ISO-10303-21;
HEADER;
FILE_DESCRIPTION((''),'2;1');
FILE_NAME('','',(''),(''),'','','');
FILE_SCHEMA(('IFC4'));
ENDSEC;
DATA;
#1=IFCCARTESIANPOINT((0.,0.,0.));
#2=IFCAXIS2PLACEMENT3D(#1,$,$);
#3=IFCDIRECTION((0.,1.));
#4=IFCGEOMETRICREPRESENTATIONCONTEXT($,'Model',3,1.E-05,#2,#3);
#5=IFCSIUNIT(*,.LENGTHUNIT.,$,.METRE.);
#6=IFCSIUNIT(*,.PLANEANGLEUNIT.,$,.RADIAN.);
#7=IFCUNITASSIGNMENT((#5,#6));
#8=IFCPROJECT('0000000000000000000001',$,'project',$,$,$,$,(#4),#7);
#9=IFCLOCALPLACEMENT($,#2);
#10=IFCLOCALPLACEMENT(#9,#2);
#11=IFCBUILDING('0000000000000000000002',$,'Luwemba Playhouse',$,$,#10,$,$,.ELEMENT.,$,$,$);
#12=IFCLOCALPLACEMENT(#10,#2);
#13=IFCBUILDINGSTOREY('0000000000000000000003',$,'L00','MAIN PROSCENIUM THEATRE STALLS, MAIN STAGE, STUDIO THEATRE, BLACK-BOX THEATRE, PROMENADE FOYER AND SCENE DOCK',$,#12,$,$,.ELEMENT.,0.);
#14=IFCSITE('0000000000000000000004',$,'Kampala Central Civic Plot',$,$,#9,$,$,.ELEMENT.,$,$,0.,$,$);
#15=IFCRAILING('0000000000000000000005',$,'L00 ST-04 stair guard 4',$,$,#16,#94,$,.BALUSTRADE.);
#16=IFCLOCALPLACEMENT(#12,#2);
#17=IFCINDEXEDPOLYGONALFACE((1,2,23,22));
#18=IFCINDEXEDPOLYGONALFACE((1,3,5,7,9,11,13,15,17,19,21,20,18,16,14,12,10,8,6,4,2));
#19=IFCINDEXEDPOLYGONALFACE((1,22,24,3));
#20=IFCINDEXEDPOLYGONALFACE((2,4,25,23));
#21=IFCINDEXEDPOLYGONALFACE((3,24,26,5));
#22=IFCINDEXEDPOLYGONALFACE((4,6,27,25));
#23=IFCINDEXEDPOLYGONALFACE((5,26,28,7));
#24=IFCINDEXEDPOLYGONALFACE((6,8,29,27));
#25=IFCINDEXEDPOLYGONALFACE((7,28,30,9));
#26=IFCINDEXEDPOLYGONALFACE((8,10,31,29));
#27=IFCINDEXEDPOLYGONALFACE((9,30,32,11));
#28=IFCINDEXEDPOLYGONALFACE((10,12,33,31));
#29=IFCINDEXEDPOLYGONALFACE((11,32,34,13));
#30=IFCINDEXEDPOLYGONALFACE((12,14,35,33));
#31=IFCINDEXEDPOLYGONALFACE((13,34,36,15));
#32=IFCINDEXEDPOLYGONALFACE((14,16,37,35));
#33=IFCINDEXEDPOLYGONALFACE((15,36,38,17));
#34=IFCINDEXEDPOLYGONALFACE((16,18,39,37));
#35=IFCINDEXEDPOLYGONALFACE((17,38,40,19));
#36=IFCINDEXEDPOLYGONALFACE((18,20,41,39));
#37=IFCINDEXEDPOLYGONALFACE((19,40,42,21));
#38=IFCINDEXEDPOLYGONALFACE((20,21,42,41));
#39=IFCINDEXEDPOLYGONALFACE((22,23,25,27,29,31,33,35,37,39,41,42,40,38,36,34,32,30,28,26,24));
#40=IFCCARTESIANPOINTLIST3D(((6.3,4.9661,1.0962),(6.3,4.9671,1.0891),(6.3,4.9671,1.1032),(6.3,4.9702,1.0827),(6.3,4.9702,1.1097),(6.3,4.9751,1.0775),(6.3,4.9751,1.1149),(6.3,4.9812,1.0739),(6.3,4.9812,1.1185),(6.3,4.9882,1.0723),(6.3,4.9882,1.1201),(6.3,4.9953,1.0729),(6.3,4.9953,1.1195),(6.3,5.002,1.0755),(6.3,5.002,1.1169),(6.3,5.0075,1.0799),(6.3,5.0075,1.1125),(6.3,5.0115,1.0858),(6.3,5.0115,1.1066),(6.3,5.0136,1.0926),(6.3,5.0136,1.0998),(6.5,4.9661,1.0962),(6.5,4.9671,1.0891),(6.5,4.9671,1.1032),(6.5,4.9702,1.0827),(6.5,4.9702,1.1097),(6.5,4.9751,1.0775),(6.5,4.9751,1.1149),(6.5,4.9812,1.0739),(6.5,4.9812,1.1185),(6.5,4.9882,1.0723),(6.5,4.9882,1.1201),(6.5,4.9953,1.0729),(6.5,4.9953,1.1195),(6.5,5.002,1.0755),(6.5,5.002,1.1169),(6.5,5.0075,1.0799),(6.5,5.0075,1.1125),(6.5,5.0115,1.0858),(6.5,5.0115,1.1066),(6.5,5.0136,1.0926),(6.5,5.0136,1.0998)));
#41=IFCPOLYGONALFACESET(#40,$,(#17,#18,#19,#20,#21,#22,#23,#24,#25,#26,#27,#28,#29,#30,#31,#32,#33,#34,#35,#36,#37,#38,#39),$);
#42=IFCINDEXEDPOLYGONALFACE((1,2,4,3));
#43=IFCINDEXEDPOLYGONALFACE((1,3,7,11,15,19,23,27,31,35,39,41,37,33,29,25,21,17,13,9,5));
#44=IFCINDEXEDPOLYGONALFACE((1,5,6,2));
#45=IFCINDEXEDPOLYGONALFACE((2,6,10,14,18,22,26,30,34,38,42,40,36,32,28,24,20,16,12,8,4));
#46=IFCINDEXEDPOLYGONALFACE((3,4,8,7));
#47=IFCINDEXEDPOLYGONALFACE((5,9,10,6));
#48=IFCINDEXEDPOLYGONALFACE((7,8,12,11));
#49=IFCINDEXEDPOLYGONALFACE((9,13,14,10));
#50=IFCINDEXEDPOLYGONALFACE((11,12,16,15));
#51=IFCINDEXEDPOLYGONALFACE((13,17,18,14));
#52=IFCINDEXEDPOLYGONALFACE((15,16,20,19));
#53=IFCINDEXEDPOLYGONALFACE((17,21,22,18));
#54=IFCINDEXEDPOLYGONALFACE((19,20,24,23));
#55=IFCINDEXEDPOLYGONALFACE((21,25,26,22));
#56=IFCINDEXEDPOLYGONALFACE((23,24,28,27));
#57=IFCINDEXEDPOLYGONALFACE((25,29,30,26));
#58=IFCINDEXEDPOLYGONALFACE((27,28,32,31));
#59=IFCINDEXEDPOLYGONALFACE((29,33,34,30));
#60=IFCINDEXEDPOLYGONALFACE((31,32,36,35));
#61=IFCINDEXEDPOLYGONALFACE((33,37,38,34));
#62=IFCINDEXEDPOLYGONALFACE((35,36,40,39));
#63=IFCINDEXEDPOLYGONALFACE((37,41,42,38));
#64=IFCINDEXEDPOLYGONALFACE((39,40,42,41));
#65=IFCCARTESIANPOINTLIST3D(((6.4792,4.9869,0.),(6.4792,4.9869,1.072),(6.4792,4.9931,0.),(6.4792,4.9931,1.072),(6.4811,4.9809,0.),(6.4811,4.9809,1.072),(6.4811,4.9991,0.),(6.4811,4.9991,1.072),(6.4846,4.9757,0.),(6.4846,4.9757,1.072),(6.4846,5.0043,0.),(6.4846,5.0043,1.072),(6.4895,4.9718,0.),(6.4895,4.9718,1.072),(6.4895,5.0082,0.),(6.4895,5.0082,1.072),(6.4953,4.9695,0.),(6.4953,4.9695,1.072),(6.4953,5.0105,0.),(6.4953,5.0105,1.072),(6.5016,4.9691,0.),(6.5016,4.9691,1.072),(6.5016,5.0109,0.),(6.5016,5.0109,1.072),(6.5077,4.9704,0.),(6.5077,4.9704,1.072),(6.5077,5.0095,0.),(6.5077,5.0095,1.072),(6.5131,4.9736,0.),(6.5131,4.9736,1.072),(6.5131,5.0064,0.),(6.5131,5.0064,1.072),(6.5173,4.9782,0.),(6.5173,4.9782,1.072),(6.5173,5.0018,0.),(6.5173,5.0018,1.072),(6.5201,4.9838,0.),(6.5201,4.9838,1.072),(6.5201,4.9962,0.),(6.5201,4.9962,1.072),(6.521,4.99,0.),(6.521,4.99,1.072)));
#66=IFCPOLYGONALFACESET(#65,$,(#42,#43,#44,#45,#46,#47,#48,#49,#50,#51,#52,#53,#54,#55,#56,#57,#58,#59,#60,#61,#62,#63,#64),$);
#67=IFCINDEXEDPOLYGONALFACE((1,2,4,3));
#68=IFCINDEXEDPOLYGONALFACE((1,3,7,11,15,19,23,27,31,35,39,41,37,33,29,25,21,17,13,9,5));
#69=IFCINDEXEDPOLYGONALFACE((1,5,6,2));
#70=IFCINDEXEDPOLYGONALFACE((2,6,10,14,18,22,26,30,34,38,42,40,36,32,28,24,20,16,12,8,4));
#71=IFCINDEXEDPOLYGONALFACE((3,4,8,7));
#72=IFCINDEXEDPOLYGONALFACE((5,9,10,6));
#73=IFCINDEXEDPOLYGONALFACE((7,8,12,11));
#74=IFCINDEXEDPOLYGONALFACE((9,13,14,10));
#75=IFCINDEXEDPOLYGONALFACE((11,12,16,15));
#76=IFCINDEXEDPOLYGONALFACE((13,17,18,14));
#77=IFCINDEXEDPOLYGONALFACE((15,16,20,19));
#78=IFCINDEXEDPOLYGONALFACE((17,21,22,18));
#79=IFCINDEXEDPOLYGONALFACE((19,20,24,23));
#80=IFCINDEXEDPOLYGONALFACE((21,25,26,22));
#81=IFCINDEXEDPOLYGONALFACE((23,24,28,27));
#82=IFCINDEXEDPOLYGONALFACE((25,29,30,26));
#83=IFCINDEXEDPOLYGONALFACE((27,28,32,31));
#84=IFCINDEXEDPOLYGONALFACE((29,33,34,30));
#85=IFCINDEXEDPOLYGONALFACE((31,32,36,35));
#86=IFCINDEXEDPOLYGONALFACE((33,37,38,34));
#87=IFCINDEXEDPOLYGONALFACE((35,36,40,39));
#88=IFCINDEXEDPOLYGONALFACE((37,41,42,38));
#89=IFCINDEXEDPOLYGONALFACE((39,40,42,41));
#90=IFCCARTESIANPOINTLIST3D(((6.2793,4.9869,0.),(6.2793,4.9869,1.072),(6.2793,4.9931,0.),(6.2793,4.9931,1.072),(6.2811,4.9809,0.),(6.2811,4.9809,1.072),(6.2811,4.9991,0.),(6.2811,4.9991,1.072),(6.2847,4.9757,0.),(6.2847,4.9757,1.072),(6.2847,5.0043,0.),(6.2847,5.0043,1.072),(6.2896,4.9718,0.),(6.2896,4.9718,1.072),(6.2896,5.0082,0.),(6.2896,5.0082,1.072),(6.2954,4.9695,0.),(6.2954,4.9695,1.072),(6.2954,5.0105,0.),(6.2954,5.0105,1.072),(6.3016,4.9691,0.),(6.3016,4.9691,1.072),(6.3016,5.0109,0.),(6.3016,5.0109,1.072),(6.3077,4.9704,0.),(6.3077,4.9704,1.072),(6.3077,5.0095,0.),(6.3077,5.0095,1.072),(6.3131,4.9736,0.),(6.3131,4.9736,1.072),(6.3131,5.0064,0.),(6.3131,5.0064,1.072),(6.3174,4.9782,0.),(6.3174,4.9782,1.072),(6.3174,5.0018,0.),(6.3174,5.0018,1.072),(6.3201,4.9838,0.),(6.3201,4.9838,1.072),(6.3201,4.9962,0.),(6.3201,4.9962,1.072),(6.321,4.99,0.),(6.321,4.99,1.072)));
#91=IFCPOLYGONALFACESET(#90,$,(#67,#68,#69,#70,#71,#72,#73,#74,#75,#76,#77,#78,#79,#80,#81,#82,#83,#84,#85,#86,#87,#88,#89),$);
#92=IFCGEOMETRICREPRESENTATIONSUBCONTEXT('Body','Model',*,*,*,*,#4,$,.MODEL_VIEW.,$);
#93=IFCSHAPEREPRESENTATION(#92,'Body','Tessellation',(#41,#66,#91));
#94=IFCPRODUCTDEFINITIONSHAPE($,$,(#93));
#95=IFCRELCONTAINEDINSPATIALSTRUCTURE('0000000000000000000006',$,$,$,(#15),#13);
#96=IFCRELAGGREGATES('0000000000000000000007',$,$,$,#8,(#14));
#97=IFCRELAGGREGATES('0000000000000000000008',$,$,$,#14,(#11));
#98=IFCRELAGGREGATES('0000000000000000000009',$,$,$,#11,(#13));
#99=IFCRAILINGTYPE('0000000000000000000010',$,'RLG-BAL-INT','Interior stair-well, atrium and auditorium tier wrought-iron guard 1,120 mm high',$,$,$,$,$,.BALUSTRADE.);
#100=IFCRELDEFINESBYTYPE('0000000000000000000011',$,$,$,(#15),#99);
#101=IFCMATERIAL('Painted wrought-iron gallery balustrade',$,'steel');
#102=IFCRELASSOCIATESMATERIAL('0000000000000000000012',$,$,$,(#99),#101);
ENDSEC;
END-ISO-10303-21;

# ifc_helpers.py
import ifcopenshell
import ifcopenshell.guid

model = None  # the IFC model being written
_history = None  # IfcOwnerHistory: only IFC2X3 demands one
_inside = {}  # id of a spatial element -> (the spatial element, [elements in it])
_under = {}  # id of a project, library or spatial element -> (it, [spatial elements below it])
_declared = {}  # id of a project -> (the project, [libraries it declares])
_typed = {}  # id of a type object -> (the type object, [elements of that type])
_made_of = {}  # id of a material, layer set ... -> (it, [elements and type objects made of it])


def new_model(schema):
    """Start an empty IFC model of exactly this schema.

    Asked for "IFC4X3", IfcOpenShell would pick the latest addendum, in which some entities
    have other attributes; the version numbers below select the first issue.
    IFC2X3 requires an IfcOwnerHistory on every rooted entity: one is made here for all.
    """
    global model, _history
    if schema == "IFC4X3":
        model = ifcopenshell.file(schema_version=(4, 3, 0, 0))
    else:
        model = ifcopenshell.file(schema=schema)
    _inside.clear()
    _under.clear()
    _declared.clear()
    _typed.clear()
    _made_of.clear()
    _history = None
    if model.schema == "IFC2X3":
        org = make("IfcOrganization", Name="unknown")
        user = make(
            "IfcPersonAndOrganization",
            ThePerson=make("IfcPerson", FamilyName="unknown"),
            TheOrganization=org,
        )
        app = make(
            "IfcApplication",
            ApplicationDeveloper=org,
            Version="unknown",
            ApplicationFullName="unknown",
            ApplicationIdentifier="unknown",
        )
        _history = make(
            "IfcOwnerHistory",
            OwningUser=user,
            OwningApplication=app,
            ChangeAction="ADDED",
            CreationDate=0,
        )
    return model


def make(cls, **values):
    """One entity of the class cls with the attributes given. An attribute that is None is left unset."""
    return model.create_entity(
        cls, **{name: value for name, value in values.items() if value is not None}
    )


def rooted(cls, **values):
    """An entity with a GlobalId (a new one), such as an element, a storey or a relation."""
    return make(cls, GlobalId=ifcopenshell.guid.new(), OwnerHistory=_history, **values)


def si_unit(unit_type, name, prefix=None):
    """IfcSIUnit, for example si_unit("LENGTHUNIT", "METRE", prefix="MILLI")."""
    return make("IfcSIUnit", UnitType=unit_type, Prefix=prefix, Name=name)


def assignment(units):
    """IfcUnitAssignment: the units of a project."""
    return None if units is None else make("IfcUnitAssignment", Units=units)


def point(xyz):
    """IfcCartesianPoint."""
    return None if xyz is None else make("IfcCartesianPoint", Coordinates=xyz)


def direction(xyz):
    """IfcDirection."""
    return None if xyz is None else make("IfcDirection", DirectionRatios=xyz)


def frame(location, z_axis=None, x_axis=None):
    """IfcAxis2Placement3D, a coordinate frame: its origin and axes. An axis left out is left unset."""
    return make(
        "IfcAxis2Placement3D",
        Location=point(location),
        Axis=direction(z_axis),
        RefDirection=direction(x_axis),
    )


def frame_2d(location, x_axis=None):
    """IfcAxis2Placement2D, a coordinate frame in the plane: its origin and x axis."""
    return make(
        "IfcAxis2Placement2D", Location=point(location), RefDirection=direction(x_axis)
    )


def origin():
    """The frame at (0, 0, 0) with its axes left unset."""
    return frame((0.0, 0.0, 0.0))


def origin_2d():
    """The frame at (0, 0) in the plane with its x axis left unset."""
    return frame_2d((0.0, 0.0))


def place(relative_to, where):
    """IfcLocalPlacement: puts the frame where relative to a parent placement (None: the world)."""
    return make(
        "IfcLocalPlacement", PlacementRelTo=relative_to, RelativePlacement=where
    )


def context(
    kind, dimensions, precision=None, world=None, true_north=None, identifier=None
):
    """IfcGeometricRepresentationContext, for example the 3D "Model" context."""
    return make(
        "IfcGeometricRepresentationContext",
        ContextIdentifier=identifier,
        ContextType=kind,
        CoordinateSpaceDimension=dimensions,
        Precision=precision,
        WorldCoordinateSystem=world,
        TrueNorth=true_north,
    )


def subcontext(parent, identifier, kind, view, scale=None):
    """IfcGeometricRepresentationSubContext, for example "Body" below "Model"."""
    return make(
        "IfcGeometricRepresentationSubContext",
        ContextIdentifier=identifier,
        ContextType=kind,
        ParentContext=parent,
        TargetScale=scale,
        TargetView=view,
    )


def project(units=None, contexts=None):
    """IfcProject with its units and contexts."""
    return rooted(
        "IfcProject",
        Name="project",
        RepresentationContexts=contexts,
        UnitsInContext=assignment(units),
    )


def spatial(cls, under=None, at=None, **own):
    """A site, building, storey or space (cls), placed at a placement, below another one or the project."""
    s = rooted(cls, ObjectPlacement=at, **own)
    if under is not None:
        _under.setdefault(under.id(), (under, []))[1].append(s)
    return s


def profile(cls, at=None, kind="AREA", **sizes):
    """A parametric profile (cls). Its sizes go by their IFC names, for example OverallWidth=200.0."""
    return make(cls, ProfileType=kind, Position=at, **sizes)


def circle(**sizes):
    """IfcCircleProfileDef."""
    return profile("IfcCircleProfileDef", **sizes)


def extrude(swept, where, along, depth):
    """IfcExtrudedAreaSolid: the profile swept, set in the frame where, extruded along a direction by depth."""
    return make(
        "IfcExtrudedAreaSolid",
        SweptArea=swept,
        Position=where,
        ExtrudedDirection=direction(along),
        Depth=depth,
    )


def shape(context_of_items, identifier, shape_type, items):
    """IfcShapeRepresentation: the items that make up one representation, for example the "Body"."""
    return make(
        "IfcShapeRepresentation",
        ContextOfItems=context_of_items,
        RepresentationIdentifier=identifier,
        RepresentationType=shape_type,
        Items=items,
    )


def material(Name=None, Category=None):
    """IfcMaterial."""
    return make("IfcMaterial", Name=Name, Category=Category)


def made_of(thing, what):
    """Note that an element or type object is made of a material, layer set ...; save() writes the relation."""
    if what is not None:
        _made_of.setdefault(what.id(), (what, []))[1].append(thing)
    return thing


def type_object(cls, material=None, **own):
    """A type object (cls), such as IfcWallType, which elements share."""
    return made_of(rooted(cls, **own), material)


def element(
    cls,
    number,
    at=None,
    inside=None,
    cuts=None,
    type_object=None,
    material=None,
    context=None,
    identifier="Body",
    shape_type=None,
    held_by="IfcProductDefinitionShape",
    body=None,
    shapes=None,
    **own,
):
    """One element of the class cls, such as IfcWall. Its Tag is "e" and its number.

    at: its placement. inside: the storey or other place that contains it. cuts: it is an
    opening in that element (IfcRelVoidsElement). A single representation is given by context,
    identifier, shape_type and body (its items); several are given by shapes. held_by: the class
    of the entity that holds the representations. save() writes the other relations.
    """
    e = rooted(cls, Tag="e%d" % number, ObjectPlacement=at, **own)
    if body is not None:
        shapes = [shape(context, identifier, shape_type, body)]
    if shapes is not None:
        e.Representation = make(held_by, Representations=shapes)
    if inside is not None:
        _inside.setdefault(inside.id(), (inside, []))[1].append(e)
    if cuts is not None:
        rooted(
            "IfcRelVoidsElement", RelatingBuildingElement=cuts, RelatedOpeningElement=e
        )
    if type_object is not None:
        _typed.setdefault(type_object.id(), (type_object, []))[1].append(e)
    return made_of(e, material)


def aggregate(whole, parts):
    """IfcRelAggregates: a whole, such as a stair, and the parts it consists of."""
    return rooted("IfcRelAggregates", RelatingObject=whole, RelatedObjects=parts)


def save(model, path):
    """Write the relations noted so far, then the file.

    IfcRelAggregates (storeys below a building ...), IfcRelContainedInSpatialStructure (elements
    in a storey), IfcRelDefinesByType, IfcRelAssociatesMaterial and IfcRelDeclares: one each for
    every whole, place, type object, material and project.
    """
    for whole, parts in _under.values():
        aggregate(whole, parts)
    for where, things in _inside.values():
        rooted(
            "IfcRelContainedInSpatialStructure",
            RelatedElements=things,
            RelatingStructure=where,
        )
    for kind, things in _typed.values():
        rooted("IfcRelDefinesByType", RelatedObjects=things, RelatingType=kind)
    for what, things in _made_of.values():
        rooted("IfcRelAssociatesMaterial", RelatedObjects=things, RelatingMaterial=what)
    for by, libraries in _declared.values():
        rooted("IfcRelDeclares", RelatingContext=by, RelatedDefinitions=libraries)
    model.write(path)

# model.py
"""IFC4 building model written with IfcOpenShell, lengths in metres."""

from ifc_helpers import new_model, si_unit, direction, frame, origin, origin_2d, place, context, subcontext, project, spatial, circle, extrude, material, type_object, element, save


model = new_model("IFC4")

# Units and contexts
model_context = context("Model", 3, precision=1e-05, world=origin(), true_north=direction((0.0, 1.0)))
body_context = subcontext(model_context, "Body", "Model", "MODEL_VIEW")
ifc_project = project(units=[si_unit("LENGTHUNIT", "METRE"), si_unit("PLANEANGLEUNIT", "RADIAN")], contexts=[model_context])

# Site, building, storey
site_placement = place(None, origin())
site = spatial("IfcSite", under=ifc_project, at=site_placement, Name="Kampala Central Civic Plot", CompositionType="ELEMENT", RefElevation=0.0)
building_placement = place(site_placement, origin())
building = spatial("IfcBuilding", under=site, at=building_placement, Name="Luwemba Playhouse", CompositionType="ELEMENT")
storey_placement = place(building_placement, origin())
storey = spatial("IfcBuildingStorey", under=building, at=storey_placement, Name="L00", Description="MAIN PROSCENIUM THEATRE STALLS, MAIN STAGE, STUDIO THEATRE, BLACK-BOX THEATRE, PROMENADE FOYER AND SCENE DOCK", CompositionType="ELEMENT", Elevation=0.0)

# Railing
ifc_material_1 = material(Name="Painted wrought-iron gallery balustrade", Category="steel")
railing_type_1 = type_object("IfcRailingType", Name="RLG-BAL-INT", Description="Interior stair-well, atrium and auditorium tier wrought-iron guard 1,120 mm high", PredefinedType="BALUSTRADE", material=ifc_material_1)
railing_1_placement = place(storey_placement, frame((6.5, 4.99, 0.0)))
element("IfcRailing", 1, at=railing_1_placement, inside=storey, type_object=railing_type_1, Name="L00 ST-04 stair guard 4", PredefinedType="BALUSTRADE", context=body_context, shape_type="SweptSolid", body=[
    extrude(circle(Radius=0.0239, at=origin_2d()), frame((0.0, 0.0, 1.0962), z_axis=(-1.0, 0.0, 0.0), x_axis=(0.0, -1.0, 0.0)), (0.0, 0.0, 1.0), 0.2),
    extrude(circle(Radius=0.021, at=origin_2d()), origin(), (0.0, 0.0, 1.0), 1.072),
    extrude(circle(Radius=0.021, at=origin_2d()), frame((-0.2, 0.0, 0.0)), (0.0, 0.0, 1.0), 1.072),
])

save(model, "model.ifc")
